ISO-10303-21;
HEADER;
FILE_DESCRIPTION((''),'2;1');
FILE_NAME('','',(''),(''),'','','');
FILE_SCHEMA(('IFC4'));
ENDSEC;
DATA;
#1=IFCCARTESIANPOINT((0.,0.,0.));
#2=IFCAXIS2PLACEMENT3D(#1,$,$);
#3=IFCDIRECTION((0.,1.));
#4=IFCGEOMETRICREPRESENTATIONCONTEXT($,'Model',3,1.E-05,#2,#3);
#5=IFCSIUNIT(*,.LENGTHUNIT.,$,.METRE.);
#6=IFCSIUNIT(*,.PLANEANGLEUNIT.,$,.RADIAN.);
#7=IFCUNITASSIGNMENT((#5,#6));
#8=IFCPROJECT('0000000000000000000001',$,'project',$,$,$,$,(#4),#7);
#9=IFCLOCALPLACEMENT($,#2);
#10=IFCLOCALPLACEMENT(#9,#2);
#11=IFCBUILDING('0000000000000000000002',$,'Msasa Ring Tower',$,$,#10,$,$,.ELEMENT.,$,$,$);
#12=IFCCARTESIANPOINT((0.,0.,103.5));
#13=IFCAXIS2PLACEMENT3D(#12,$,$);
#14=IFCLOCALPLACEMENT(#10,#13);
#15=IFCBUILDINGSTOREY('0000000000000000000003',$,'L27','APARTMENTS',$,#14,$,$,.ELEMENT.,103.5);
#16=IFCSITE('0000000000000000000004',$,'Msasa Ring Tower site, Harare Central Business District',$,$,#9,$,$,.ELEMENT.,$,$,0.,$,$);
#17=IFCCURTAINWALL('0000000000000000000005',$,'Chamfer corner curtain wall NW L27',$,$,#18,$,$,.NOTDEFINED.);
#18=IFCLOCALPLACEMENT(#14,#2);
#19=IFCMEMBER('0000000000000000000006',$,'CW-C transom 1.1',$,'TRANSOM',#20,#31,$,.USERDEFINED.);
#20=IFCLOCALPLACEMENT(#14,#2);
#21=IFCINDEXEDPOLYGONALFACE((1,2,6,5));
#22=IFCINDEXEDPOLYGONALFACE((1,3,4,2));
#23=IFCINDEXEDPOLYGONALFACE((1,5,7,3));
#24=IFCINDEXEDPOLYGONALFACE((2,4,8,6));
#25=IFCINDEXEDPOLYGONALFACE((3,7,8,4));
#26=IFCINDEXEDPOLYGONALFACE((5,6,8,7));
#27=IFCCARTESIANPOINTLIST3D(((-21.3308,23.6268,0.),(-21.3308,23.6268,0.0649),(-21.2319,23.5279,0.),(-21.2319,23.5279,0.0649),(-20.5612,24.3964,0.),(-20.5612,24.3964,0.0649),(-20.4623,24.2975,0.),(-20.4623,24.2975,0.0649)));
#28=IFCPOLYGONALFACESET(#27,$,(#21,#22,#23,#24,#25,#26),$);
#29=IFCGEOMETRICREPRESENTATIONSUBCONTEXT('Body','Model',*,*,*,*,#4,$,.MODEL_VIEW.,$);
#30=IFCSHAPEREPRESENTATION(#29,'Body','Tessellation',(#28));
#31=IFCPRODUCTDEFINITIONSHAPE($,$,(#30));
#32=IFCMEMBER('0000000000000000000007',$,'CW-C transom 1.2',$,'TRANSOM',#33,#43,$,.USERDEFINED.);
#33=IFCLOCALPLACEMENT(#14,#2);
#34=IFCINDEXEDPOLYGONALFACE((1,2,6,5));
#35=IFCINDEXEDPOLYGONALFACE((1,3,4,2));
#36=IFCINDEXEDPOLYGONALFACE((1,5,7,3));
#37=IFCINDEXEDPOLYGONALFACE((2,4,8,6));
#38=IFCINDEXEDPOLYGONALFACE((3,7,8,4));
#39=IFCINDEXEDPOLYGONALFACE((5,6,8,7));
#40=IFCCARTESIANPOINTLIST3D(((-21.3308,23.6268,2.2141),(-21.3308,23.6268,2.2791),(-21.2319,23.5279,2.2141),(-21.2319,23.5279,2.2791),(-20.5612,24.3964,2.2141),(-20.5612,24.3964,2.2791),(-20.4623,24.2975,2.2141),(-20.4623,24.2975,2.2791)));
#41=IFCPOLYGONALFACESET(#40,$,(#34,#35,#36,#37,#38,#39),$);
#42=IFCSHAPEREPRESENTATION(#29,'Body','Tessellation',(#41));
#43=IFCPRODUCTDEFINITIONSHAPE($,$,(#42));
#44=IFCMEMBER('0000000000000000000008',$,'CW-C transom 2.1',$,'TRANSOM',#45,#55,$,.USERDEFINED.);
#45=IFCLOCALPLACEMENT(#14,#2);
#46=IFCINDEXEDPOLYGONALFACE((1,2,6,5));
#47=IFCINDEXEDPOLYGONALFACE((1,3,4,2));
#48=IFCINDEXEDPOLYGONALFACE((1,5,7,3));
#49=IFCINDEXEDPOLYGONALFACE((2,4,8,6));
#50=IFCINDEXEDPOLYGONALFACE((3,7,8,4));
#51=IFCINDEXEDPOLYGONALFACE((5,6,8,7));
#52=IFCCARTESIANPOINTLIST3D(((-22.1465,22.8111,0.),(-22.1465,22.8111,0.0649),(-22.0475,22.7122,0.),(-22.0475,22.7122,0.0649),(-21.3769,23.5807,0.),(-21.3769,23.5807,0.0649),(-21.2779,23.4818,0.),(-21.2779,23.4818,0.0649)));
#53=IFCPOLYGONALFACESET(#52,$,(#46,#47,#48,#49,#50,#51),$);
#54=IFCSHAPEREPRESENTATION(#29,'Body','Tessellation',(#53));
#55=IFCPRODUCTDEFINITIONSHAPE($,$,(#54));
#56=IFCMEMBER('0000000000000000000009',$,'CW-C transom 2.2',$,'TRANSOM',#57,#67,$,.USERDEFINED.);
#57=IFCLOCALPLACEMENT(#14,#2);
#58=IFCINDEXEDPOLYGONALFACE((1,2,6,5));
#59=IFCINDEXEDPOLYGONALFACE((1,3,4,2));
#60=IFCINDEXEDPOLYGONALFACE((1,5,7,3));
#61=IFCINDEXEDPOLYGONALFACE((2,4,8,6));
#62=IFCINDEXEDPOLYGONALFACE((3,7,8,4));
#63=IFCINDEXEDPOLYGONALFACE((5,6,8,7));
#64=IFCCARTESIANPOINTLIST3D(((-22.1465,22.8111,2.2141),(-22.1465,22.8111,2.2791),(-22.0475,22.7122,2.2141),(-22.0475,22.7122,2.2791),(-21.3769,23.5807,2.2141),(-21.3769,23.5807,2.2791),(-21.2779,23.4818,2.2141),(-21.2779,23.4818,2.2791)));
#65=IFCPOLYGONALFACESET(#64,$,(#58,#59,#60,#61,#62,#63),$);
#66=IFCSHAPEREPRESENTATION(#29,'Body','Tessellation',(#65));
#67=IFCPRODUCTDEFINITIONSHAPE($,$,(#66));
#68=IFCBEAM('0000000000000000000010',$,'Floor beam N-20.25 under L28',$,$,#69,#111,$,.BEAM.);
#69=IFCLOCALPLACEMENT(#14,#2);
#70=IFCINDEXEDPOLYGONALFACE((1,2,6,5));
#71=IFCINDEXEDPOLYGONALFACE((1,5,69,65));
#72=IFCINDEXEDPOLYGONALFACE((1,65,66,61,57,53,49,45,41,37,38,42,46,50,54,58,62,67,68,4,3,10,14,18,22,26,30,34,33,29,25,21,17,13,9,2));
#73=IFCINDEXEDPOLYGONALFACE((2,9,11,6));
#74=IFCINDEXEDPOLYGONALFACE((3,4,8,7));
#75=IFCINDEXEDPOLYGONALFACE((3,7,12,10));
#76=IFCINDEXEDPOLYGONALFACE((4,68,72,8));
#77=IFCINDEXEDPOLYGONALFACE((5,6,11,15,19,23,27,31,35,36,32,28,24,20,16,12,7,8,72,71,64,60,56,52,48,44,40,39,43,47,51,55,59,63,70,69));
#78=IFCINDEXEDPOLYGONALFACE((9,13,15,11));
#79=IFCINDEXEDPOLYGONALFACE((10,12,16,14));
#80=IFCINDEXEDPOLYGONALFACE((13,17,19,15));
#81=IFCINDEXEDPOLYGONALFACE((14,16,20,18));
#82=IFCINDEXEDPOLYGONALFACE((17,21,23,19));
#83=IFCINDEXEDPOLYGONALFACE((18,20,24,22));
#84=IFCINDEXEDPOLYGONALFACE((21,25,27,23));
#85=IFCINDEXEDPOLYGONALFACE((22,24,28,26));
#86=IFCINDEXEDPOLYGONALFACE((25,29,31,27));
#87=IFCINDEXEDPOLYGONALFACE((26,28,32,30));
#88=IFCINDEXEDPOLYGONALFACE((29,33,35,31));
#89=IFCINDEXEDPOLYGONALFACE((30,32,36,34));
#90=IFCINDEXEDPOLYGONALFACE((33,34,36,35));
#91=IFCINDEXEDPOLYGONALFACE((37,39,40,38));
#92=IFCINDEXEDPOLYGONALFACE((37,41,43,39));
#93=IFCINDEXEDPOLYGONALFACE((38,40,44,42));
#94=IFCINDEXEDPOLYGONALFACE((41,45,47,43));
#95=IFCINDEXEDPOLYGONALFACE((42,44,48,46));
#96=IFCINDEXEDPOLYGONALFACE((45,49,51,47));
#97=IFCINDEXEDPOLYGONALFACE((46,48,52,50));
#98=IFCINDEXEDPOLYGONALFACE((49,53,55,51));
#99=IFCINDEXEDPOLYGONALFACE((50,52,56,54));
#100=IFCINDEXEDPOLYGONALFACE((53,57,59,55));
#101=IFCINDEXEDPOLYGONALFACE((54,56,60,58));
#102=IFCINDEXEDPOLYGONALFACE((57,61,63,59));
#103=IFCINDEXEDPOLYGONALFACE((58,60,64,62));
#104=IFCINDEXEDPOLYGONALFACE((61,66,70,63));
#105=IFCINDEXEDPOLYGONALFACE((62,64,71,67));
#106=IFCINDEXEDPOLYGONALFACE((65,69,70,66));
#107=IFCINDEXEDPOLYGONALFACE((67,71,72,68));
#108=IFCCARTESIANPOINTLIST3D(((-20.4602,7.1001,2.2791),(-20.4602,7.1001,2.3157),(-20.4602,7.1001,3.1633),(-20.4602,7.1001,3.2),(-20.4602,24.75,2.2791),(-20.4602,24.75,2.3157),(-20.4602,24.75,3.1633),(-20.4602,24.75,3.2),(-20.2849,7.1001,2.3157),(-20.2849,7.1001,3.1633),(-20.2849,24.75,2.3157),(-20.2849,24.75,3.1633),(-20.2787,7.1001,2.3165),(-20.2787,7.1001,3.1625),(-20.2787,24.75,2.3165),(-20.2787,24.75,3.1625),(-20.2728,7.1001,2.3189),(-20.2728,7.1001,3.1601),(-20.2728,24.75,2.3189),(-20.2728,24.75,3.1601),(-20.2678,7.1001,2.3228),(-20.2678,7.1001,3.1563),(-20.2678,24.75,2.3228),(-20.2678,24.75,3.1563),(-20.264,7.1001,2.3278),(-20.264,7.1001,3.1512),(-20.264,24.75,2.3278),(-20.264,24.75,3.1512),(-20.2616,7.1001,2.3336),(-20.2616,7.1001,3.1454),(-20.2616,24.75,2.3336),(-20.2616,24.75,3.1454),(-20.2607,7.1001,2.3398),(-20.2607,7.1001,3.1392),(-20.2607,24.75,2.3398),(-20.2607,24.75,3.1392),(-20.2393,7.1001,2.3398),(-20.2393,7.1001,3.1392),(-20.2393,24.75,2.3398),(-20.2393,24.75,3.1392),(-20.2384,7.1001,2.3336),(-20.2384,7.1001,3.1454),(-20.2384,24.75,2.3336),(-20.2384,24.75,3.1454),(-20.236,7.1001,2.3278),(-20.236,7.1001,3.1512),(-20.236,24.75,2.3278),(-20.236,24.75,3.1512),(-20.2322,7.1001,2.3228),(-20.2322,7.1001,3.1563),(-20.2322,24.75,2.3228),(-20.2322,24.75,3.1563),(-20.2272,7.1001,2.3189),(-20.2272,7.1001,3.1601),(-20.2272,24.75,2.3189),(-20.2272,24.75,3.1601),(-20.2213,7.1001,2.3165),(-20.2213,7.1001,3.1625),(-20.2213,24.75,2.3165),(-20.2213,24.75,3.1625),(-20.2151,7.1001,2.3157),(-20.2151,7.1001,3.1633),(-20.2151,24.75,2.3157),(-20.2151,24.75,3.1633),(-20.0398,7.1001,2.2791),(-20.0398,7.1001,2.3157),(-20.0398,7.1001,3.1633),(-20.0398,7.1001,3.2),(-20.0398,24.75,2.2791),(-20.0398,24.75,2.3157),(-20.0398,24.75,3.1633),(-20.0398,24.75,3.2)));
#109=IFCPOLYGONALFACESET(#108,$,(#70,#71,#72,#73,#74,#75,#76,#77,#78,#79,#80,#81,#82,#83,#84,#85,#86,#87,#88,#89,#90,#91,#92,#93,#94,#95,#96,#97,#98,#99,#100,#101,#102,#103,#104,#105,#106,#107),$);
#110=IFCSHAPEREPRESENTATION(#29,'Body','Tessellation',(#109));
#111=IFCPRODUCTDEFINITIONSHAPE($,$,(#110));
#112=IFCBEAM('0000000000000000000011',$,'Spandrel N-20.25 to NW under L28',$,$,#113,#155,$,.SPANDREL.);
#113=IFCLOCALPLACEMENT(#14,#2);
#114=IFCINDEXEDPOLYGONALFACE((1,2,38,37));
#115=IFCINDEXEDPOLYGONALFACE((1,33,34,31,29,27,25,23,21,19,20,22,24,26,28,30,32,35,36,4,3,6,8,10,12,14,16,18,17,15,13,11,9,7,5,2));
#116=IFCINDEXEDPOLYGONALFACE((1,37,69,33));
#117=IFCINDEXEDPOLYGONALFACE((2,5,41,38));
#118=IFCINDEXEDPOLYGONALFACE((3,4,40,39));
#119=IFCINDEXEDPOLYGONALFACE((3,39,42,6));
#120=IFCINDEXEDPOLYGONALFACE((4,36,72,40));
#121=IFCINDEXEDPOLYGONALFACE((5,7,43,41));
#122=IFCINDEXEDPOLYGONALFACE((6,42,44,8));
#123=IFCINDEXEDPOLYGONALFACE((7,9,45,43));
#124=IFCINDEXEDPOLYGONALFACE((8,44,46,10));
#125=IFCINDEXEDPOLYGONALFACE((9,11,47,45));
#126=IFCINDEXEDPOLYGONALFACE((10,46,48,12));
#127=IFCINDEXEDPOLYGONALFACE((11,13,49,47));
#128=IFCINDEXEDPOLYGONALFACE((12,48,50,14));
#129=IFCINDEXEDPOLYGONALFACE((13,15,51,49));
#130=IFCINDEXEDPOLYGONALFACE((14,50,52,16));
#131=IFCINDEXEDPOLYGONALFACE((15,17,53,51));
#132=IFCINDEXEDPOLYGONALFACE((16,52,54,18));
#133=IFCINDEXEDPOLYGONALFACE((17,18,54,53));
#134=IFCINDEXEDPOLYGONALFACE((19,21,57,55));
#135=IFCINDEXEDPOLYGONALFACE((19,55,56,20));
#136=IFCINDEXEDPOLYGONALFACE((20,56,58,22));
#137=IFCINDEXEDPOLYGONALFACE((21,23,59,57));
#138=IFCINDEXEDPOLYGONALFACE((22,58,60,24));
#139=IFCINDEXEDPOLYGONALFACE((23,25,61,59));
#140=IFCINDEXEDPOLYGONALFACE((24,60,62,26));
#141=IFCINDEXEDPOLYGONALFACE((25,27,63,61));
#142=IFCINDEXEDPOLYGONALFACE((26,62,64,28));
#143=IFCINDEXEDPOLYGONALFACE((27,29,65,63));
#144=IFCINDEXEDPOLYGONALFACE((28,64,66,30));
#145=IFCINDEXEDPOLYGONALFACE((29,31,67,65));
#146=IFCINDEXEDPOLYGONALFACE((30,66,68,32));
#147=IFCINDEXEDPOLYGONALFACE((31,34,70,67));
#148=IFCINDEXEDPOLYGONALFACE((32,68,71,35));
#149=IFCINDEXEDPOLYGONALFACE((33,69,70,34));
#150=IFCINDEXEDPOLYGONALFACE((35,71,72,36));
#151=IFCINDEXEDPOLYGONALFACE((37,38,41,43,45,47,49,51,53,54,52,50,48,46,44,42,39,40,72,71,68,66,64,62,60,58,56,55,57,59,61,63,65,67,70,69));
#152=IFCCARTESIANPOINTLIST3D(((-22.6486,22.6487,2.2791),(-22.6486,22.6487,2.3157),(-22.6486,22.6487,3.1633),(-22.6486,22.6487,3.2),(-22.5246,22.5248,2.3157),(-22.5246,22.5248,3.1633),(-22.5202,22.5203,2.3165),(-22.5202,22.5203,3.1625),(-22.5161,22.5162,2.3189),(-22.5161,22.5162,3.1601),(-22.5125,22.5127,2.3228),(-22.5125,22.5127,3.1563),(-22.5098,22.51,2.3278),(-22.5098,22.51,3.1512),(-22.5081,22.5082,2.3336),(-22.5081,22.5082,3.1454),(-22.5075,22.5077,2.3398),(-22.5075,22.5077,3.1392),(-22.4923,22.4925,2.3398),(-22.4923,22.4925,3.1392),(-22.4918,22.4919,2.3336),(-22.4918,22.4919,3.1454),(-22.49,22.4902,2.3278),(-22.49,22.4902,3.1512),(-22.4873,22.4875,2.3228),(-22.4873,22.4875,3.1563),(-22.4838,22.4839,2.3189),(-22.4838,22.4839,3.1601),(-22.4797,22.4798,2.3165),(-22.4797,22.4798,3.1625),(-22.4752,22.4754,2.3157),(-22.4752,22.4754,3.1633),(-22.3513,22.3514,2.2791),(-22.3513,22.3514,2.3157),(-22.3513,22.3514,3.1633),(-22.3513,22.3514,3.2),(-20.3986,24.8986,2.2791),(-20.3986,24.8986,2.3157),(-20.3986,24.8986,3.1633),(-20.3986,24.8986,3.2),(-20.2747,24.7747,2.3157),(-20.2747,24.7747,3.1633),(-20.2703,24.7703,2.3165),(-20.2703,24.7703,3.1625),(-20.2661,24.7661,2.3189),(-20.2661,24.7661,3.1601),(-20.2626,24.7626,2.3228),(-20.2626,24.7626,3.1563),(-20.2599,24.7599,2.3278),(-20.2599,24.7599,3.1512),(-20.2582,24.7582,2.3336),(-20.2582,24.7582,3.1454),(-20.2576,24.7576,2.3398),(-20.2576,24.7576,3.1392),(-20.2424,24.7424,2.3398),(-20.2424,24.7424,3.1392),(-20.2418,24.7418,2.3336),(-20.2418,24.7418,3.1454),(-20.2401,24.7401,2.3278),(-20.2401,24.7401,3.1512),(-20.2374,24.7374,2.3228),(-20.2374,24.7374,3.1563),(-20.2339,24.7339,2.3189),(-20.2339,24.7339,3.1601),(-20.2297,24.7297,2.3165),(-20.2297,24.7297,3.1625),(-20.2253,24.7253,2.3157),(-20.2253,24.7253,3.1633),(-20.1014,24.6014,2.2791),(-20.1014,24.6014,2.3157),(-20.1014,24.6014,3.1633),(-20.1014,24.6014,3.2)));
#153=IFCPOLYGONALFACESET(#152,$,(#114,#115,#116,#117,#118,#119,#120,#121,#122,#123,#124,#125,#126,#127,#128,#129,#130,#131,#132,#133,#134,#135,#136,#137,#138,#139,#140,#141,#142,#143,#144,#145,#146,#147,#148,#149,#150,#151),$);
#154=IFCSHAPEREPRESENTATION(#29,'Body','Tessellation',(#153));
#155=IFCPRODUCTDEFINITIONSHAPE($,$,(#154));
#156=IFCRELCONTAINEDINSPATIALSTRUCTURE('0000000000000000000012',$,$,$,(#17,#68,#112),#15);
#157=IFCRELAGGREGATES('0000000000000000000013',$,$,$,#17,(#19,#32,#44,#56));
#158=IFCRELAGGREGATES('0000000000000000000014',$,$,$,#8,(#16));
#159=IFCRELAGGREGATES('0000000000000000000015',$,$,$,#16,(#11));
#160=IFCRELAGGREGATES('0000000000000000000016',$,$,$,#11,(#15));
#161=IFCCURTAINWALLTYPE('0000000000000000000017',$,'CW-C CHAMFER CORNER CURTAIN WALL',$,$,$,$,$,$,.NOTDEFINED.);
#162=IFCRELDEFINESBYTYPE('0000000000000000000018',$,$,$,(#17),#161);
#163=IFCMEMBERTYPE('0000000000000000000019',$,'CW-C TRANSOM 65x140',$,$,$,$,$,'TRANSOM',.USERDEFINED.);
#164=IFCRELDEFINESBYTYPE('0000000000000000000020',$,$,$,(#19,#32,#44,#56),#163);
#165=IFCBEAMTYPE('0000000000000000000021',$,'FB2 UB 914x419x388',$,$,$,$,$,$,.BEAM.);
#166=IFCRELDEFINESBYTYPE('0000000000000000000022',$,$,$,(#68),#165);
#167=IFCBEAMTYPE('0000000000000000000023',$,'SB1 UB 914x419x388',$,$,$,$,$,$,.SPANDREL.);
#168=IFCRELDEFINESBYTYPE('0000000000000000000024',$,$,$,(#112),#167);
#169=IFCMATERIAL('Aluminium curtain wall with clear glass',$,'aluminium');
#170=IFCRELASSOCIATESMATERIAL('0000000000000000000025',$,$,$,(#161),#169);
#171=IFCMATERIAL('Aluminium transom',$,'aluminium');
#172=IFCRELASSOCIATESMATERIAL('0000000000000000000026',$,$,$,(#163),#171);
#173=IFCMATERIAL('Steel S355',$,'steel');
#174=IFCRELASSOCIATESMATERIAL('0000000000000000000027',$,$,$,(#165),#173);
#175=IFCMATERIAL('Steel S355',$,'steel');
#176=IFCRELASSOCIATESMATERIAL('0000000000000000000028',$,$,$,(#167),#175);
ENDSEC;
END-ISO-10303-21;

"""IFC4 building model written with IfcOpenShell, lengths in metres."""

from ifc_helpers import new_model, si_unit, direction, frame, origin, origin_2d, place, context, subcontext, project, spatial, rectangle, i_section, extrude, material, material_profile, profile_set, type_object, element, aggregate, save


model = new_model("IFC4")

# Units and contexts
model_context = context("Model", 3, precision=1e-05, world=origin(), true_north=direction((0.0, 1.0)))
body_context = subcontext(model_context, "Body", "Model", "MODEL_VIEW")
ifc_project = project(units=[si_unit("LENGTHUNIT", "METRE"), si_unit("PLANEANGLEUNIT", "RADIAN")], contexts=[model_context])

# Site, building, storey
site_placement = place(None, origin())
site = spatial("IfcSite", under=ifc_project, at=site_placement, Name="Msasa Ring Tower site, Harare Central Business District", CompositionType="ELEMENT", RefElevation=0.0)
building_placement = place(site_placement, origin())
building = spatial("IfcBuilding", under=site, at=building_placement, Name="Msasa Ring Tower", CompositionType="ELEMENT")
storey_placement = place(building_placement, frame((0.0, 0.0, 103.5)))
storey = spatial("IfcBuildingStorey", under=building, at=storey_placement, Name="L27", Description="APARTMENTS", CompositionType="ELEMENT", Elevation=103.5)

# Curtain wall
ifc_material_1 = material(Name="Aluminium curtain wall with clear glass", Category="aluminium")
curtain_wall_type = type_object("IfcCurtainWallType", Name="CW-C CHAMFER CORNER CURTAIN WALL", PredefinedType="NOTDEFINED", material=ifc_material_1)
curtain_wall_1_placement = place(storey_placement, origin())
curtain_wall_1 = element("IfcCurtainWall", 1, at=curtain_wall_1_placement, inside=storey, type_object=curtain_wall_type, Name="Chamfer corner curtain wall NW L27", PredefinedType="NOTDEFINED")

# Members
ifc_material_2 = material(Name="Aluminium transom", Category="aluminium")
ifc_material_profile_1 = material_profile(ifc_material_2, rectangle(XDim=0.1399, YDim=0.0649, at=origin_2d()), Name="AL 65x140")
ifc_profile_set_1 = profile_set([ifc_material_profile_1], Name="Aluminium transom")
member_type_1 = type_object("IfcMemberType", Name="CW-C TRANSOM 65x140", ElementType="TRANSOM", PredefinedType="USERDEFINED", material=ifc_profile_set_1)
member_1_placement = place(storey_placement, frame((-20.5117, 24.3469, 0.0325), z_axis=(-0.707107, -0.707107, 0.0), x_axis=(0.707107, -0.707107, 0.0)))
member_1 = element("IfcMember", 2, at=member_1_placement, type_object=member_type_1, Name="CW-C transom 1.1", ObjectType="TRANSOM", PredefinedType="USERDEFINED", context=body_context, shape_type="SweptSolid", body=[
    extrude(rectangle(XDim=0.1399, YDim=0.0649, at=origin_2d()), origin(), (0.0, 0.0, 1.0), 1.0884),
])
member_2_placement = place(storey_placement, frame((-20.5117, 24.3469, 2.2466), z_axis=(-0.707107, -0.707107, 0.0), x_axis=(0.707107, -0.707107, 0.0)))
member_2 = element("IfcMember", 3, at=member_2_placement, type_object=member_type_1, Name="CW-C transom 1.2", ObjectType="TRANSOM", PredefinedType="USERDEFINED", context=body_context, shape_type="SweptSolid", body=[
    extrude(rectangle(XDim=0.1399, YDim=0.0649, at=origin_2d()), origin(), (0.0, 0.0, 1.0), 1.0884),
])
member_3_placement = place(storey_placement, frame((-21.3274, 23.5312, 0.0325), z_axis=(-0.707107, -0.707107, 0.0), x_axis=(0.707107, -0.707107, 0.0)))
member_3 = element("IfcMember", 4, at=member_3_placement, type_object=member_type_1, Name="CW-C transom 2.1", ObjectType="TRANSOM", PredefinedType="USERDEFINED", context=body_context, shape_type="SweptSolid", body=[
    extrude(rectangle(XDim=0.1399, YDim=0.0649, at=origin_2d()), origin(), (0.0, 0.0, 1.0), 1.0884),
])
member_4_placement = place(storey_placement, frame((-21.3274, 23.5312, 2.2466), z_axis=(-0.707107, -0.707107, 0.0), x_axis=(0.707107, -0.707107, 0.0)))
member_4 = element("IfcMember", 5, at=member_4_placement, type_object=member_type_1, Name="CW-C transom 2.2", ObjectType="TRANSOM", PredefinedType="USERDEFINED", context=body_context, shape_type="SweptSolid", body=[
    extrude(rectangle(XDim=0.1399, YDim=0.0649, at=origin_2d()), origin(), (0.0, 0.0, 1.0), 1.0884),
])

# Beams
ifc_material_3 = material(Name="Steel S355", Category="steel")
ifc_material_profile_2 = material_profile(ifc_material_3, i_section(OverallWidth=0.4204, OverallDepth=0.9209, WebThickness=0.0215, FlangeThickness=0.0366, FilletRadius=0.0242, at=origin_2d()), Name="UB 914x419x388")
ifc_profile_set_2 = profile_set([ifc_material_profile_2], Name="Steel S355")
beam_type_1 = type_object("IfcBeamType", Name="FB2 UB 914x419x388", PredefinedType="BEAM", material=ifc_profile_set_2)
beam_placement = place(storey_placement, frame((-20.25, 24.75, 2.7395), z_axis=(0.0, -1.0, 0.0), x_axis=(1.0, 0.0, 0.0)))
element("IfcBeam", 6, at=beam_placement, inside=storey, type_object=beam_type_1, Name="Floor beam N-20.25 under L28", PredefinedType="BEAM", context=body_context, shape_type="SweptSolid", body=[
    extrude(i_section(OverallWidth=0.4204, OverallDepth=0.9209, WebThickness=0.0215, FlangeThickness=0.0366, FilletRadius=0.0242, at=origin_2d()), origin(), (0.0, 0.0, 1.0), 17.6499),
])
ifc_material_4 = material(Name="Steel S355", Category="steel")
ifc_material_profile_3 = material_profile(ifc_material_4, i_section(OverallWidth=0.4204, OverallDepth=0.9209, WebThickness=0.0215, FlangeThickness=0.0366, FilletRadius=0.0242, at=origin_2d()), Name="UB 914x419x388")
ifc_profile_set_3 = profile_set([ifc_material_profile_3], Name="Steel S355")
beam_type_2 = type_object("IfcBeamType", Name="SB1 UB 914x419x388", PredefinedType="SPANDREL", material=ifc_profile_set_3)
for number, where, z_axis, x_axis, name in (
    (7, (-20.25, 24.75, 2.7395), (-0.707107, -0.707107, 0.0), (0.707107, -0.707107, 0.0), "Spandrel N-20.25 to NW under L28"),
):
    element("IfcBeam", number, at=place(storey_placement, frame(where, z_axis=z_axis, x_axis=x_axis)), inside=storey, type_object=beam_type_2, Name=name, PredefinedType="SPANDREL", context=body_context, shape_type="SweptSolid", body=[
        extrude(i_section(OverallWidth=0.4204, OverallDepth=0.9209, WebThickness=0.0215, FlangeThickness=0.0366, FilletRadius=0.0242, at=origin_2d()), origin(), (0.0, 0.0, 1.0), 3.1819),
    ])

aggregate(curtain_wall_1, [member_1, member_2, member_3, member_4])

save(model, "model.ifc")
